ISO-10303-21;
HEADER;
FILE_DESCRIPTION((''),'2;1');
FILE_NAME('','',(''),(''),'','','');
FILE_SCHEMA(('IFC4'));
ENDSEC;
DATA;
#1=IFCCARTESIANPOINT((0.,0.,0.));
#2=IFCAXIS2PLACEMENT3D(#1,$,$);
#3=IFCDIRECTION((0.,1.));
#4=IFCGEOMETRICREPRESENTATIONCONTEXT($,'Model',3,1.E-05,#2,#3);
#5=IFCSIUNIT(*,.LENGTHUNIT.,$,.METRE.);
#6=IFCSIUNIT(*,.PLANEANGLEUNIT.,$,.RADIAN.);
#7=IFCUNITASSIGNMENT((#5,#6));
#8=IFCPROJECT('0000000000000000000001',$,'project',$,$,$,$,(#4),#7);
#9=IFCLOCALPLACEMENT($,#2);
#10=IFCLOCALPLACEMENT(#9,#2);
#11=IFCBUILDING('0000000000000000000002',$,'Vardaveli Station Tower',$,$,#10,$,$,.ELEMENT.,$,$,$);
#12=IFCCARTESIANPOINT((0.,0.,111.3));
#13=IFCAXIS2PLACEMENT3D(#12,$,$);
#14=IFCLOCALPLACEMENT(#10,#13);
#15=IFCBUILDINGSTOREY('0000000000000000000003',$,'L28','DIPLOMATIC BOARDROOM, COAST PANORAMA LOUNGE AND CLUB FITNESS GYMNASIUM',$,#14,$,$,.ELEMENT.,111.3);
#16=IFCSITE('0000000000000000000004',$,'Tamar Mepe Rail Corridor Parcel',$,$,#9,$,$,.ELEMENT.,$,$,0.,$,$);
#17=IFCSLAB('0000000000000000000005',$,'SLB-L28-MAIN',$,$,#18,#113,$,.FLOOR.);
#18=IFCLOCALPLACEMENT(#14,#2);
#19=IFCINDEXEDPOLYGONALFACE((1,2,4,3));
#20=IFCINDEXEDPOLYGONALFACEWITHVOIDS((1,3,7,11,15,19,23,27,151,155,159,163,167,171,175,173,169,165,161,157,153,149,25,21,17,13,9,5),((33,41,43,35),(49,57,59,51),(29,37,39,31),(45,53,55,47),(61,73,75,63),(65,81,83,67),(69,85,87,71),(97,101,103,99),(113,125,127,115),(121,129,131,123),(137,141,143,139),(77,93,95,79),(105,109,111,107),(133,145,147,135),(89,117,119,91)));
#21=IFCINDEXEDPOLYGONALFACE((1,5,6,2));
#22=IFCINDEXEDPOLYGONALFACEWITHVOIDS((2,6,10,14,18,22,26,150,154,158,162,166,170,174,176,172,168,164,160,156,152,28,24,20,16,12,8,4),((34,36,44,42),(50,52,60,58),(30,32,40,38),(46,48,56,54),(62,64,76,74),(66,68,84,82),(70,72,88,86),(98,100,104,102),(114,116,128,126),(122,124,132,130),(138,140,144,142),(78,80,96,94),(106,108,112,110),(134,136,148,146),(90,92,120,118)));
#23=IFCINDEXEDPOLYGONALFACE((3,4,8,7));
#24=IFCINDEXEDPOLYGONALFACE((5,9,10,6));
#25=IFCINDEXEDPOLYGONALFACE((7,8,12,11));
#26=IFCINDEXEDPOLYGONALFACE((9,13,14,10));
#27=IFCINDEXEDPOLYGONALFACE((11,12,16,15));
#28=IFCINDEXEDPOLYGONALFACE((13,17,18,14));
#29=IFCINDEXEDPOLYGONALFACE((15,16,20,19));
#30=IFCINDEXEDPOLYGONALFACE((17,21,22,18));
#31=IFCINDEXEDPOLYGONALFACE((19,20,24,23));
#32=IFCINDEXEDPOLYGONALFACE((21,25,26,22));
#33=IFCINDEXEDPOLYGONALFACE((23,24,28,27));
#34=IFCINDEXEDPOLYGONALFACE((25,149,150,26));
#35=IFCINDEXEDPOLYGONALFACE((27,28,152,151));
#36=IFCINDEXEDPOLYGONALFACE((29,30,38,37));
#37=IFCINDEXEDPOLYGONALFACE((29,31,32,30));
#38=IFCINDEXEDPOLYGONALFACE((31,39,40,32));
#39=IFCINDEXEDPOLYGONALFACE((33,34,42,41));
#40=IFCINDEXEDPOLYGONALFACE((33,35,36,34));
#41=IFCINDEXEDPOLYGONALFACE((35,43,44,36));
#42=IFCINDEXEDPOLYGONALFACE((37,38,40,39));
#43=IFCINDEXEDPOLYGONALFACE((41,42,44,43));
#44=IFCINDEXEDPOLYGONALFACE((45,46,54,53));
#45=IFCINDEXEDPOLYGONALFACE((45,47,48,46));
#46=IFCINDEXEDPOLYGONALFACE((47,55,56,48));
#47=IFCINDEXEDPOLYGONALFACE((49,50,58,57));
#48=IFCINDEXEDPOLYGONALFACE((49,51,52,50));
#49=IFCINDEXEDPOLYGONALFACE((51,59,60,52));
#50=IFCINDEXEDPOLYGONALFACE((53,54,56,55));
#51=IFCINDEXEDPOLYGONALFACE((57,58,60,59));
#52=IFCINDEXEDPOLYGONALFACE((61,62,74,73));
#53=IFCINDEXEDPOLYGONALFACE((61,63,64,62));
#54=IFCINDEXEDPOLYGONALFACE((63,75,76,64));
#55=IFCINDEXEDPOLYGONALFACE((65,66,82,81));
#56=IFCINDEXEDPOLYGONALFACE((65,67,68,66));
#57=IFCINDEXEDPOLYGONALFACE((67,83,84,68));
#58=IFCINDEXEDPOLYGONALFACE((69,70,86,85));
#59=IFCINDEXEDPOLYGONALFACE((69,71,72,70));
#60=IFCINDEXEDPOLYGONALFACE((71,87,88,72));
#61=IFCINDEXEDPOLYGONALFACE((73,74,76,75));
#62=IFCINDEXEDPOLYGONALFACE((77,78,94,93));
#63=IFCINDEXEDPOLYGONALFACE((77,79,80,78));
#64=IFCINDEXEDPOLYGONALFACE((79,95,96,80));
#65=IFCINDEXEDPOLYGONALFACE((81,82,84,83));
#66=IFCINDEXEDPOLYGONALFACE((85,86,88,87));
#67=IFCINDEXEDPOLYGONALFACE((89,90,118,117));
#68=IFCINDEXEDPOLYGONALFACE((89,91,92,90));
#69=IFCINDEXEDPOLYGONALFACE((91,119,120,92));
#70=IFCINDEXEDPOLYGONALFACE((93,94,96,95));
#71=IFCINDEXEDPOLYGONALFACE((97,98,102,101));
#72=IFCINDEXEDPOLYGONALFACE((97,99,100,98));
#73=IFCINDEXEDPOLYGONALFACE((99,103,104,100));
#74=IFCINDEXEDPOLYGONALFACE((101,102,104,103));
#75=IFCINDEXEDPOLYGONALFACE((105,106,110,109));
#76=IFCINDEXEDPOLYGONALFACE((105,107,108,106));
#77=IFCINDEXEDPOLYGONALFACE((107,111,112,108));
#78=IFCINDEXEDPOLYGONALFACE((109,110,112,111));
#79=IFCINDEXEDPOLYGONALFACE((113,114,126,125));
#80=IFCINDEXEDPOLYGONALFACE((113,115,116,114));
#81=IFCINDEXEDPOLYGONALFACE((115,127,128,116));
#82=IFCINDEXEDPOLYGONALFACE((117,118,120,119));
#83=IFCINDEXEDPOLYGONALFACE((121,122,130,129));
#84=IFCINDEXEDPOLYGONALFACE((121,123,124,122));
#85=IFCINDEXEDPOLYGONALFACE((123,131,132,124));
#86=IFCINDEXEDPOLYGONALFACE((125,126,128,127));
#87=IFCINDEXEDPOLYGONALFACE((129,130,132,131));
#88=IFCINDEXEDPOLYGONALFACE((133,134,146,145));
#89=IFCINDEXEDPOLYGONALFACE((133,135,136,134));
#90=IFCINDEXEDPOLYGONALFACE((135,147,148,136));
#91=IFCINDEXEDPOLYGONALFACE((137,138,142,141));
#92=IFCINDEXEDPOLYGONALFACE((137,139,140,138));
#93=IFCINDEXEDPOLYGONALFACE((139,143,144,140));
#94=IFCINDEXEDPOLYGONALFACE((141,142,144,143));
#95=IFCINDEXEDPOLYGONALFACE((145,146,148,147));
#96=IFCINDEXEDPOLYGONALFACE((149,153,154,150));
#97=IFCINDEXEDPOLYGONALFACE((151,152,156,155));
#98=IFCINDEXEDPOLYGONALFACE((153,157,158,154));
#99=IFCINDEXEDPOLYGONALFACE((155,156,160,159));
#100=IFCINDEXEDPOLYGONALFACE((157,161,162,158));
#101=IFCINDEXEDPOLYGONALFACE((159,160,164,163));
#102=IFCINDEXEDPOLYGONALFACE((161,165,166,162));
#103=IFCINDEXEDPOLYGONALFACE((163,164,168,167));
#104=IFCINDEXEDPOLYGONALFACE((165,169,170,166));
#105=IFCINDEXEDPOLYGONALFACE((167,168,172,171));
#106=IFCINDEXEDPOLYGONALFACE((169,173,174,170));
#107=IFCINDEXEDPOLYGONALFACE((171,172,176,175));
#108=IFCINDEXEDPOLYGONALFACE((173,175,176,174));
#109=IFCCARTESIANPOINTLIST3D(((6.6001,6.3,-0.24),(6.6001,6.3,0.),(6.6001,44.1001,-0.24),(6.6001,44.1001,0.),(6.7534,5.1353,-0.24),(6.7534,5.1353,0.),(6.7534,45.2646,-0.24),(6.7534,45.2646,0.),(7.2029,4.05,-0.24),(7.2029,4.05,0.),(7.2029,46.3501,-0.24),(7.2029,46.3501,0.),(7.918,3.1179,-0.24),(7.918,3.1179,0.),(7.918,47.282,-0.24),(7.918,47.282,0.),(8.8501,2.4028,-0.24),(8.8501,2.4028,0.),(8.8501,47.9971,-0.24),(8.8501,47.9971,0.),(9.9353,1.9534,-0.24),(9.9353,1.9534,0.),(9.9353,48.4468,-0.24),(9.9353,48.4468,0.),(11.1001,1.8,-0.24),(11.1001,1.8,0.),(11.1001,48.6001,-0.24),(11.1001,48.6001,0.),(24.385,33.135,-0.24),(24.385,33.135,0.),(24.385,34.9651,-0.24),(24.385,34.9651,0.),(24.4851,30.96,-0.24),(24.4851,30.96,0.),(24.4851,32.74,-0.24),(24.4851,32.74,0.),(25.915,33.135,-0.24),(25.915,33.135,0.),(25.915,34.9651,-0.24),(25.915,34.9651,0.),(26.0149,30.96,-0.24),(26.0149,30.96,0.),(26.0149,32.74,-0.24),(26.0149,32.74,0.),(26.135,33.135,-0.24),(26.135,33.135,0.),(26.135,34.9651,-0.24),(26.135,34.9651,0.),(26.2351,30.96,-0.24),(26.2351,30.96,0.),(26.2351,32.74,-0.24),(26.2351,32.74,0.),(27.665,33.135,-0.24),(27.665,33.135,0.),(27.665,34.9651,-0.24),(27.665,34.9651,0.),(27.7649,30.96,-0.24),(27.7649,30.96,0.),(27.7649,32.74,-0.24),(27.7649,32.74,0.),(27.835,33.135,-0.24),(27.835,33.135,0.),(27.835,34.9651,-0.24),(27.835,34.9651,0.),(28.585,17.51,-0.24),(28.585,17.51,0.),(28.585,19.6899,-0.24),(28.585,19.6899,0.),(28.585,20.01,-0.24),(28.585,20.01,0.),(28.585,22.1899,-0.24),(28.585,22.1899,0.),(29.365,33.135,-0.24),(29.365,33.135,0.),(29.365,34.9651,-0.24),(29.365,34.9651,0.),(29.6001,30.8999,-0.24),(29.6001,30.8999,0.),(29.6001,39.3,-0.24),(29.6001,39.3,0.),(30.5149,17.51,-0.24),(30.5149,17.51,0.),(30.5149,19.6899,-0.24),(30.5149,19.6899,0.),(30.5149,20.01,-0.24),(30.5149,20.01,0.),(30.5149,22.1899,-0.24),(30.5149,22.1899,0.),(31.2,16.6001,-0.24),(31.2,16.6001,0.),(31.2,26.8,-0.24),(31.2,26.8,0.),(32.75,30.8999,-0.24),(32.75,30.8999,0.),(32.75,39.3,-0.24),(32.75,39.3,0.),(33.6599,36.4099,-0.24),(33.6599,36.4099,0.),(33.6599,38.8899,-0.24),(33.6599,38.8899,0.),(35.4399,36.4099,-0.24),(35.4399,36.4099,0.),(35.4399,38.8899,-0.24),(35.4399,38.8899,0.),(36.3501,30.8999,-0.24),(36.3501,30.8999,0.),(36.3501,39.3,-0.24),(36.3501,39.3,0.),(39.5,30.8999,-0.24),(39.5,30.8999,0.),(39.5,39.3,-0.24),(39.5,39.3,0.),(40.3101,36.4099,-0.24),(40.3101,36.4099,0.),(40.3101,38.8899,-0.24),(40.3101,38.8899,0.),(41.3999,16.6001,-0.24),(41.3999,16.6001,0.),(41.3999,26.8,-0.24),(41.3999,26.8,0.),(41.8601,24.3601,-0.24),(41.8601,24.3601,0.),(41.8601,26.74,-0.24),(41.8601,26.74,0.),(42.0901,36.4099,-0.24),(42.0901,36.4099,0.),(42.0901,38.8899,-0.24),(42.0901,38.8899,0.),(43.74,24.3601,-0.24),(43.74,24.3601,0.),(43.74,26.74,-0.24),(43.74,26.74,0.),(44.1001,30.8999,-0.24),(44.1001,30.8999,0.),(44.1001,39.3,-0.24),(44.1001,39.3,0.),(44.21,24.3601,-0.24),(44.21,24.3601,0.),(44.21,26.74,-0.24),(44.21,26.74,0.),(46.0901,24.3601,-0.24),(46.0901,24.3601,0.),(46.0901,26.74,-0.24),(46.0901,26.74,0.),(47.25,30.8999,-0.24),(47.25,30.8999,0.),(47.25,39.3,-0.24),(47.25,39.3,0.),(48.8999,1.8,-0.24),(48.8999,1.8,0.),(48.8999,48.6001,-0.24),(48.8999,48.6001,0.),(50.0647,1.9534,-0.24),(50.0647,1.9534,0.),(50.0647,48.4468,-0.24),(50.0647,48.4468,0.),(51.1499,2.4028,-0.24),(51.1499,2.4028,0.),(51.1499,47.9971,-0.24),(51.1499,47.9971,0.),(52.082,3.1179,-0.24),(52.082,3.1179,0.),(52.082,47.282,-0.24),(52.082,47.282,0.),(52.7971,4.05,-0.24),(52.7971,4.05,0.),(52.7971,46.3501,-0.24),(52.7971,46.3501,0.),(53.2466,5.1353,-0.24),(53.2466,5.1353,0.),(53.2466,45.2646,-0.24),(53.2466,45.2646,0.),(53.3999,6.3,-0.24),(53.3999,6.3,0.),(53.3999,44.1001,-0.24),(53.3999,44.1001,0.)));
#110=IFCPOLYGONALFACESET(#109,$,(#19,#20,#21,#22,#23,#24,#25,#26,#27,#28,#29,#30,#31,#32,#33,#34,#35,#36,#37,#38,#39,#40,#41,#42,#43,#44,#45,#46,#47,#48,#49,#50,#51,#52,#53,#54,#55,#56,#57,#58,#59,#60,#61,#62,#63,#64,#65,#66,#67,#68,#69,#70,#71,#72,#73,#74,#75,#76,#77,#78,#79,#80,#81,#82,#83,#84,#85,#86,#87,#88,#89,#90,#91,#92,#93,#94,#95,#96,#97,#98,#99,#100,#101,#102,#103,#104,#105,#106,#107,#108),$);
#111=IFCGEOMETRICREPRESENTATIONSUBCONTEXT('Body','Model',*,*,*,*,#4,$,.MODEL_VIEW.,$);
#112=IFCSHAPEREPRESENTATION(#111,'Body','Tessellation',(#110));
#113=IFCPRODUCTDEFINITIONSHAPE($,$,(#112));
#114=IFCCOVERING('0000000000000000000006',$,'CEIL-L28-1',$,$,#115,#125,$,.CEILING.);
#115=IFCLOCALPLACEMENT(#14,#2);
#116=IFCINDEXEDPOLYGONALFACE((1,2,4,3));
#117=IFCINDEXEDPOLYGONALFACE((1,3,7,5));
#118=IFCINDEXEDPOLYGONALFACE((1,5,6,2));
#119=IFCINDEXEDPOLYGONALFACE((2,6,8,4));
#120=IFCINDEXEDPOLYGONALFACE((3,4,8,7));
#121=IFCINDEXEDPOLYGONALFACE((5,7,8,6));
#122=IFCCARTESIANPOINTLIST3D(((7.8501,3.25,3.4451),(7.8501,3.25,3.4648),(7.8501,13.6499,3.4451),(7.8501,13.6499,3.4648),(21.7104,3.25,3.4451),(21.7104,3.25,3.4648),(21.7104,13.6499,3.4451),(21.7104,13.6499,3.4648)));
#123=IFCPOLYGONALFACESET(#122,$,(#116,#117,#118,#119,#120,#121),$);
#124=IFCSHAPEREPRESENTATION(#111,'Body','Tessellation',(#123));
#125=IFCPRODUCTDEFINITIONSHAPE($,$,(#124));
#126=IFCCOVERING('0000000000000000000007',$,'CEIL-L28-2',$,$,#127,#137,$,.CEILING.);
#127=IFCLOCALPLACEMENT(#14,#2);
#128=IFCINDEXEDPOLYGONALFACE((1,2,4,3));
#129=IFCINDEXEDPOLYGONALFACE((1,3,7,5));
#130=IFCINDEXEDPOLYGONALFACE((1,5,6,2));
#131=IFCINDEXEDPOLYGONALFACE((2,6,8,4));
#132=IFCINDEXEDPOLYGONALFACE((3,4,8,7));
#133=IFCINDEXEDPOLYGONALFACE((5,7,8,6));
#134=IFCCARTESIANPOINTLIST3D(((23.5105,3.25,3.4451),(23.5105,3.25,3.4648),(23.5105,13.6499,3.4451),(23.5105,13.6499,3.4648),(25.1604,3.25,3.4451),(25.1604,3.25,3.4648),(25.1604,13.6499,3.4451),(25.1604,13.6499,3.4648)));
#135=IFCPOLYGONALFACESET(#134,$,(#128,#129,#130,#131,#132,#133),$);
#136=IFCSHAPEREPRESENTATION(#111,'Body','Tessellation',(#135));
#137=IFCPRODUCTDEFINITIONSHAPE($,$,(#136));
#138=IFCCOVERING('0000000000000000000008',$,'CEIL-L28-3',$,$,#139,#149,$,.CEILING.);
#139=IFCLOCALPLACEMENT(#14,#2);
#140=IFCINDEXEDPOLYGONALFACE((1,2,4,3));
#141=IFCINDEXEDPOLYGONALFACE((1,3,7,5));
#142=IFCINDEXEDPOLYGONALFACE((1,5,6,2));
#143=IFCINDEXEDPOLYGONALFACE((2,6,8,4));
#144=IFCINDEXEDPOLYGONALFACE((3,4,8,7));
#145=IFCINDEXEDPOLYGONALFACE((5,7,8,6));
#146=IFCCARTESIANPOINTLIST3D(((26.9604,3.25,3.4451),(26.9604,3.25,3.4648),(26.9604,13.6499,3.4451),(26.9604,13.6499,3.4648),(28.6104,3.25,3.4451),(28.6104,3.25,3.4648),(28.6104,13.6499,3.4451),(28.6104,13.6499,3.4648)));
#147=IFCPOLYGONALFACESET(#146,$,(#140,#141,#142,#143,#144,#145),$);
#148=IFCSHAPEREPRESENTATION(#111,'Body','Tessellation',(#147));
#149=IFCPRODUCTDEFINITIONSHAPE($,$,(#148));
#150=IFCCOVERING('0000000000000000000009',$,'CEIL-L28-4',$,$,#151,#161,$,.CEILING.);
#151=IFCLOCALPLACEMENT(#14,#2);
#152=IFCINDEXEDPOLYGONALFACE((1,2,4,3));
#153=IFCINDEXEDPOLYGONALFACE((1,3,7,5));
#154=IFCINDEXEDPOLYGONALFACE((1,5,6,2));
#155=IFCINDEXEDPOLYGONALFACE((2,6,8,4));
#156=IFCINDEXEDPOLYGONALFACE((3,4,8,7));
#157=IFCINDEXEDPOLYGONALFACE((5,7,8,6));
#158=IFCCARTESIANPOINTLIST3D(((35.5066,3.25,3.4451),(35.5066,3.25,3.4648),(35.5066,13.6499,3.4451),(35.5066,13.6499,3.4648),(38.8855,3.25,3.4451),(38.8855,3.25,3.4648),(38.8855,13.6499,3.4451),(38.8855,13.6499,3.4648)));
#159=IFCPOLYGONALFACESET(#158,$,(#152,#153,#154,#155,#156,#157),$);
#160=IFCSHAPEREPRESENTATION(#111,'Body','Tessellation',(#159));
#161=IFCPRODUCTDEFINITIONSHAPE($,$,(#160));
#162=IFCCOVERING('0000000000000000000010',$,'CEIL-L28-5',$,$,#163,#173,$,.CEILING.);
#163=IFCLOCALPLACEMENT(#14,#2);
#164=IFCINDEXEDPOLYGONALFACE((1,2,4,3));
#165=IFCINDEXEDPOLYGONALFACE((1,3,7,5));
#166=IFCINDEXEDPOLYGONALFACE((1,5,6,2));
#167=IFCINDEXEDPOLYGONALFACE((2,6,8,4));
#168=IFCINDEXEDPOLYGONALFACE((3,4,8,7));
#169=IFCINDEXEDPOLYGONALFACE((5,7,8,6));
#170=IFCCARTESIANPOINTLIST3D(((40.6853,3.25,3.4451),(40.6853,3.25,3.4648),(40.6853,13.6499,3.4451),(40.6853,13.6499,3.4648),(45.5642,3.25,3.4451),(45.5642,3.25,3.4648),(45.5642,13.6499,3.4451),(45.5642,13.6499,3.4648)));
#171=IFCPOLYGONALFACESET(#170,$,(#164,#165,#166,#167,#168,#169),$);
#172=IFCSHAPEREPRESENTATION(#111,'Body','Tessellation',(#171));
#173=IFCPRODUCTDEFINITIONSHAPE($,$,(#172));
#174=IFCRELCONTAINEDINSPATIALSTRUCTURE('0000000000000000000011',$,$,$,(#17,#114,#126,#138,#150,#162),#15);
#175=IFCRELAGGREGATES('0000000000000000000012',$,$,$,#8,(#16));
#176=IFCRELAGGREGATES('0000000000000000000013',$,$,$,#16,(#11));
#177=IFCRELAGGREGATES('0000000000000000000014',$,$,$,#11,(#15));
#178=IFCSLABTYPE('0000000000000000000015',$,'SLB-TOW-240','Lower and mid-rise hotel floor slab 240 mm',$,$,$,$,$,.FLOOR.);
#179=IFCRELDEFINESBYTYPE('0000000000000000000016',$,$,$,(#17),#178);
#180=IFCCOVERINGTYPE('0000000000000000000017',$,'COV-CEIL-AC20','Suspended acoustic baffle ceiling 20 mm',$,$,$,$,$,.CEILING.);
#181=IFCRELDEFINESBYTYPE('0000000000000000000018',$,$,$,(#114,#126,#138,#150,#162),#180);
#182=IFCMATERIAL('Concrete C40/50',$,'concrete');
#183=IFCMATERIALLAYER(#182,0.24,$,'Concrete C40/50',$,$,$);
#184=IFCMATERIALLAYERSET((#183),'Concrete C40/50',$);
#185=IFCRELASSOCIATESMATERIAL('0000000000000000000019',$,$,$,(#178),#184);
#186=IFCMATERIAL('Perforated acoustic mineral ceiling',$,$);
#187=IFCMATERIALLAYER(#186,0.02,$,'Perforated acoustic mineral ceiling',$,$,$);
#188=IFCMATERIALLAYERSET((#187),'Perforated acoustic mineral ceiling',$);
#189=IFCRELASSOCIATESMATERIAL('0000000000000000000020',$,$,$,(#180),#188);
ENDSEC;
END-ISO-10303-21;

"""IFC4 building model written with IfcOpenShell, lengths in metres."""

from ifc_helpers import new_model, si_unit, direction, frame, origin, place, context, subcontext, project, spatial, polyline, outline, extrude, material, layer, layer_set, type_object, element, save


model = new_model("IFC4")

# Units and contexts
model_context = context("Model", 3, precision=1e-05, world=origin(), true_north=direction((0.0, 1.0)))
body_context = subcontext(model_context, "Body", "Model", "MODEL_VIEW")
ifc_project = project(units=[si_unit("LENGTHUNIT", "METRE"), si_unit("PLANEANGLEUNIT", "RADIAN")], contexts=[model_context])

# Site, building, storey
site_placement = place(None, origin())
site = spatial("IfcSite", under=ifc_project, at=site_placement, Name="Tamar Mepe Rail Corridor Parcel", CompositionType="ELEMENT", RefElevation=0.0)
building_placement = place(site_placement, origin())
building = spatial("IfcBuilding", under=site, at=building_placement, Name="Vardaveli Station Tower", CompositionType="ELEMENT")
storey_placement = place(building_placement, frame((0.0, 0.0, 111.3)))
storey = spatial("IfcBuildingStorey", under=building, at=storey_placement, Name="L28", Description="DIPLOMATIC BOARDROOM, COAST PANORAMA LOUNGE AND CLUB FITNESS GYMNASIUM", CompositionType="ELEMENT", Elevation=111.3)

# Shared definitions
ifc_material_1 = material(Name="Concrete C40/50", Category="concrete")

# Slab
ifc_layer_1 = layer(ifc_material_1, 0.24, Name="Concrete C40/50")
ifc_layer_set_1 = layer_set([ifc_layer_1], Name="Concrete C40/50")
slab_type_1 = type_object("IfcSlabType", Name="SLB-TOW-240", Description="Lower and mid-rise hotel floor slab 240 mm", PredefinedType="FLOOR", material=ifc_layer_set_1)
slab_1_placement = place(storey_placement, frame((0.0, 0.0, -0.24)))
element("IfcSlab", 1, at=slab_1_placement, inside=storey, type_object=slab_type_1, Name="SLB-L28-MAIN", PredefinedType="FLOOR", context=body_context, shape_type="SweptSolid", body=[
    extrude(outline(polyline([(6.6001, 6.3), (6.7534, 5.1353), (7.2029, 4.05), (7.918, 3.1179), (8.8501, 2.4028), (9.9353, 1.9534), (11.1001, 1.8), (48.8999, 1.8), (50.0647, 1.9534), (51.1499, 2.4028), (52.082, 3.1179), (52.7971, 4.05), (53.2466, 5.1353), (53.3999, 6.3), (53.3999, 44.1001), (53.2466, 45.2646), (52.7971, 46.3501), (52.082, 47.282), (51.1499, 47.9971), (50.0647, 48.4468), (48.8999, 48.6001), (11.1001, 48.6001), (9.9353, 48.4468), (8.8501, 47.9971), (7.918, 47.282), (7.2029, 46.3501), (6.7534, 45.2646), (6.6001, 44.1001), (6.6001, 6.3)]), holes=[polyline([(31.2, 16.6001), (41.3999, 16.6001), (41.3999, 26.8), (31.2, 26.8), (31.2, 16.6001)]), polyline([(32.75, 30.8999), (32.75, 39.3), (29.6001, 39.3), (29.6001, 30.8999), (32.75, 30.8999)]), polyline([(39.5, 30.8999), (39.5, 39.3), (36.3501, 39.3), (36.3501, 30.8999), (39.5, 30.8999)]), polyline([(47.25, 30.8999), (47.25, 39.3), (44.1001, 39.3), (44.1001, 30.8999), (47.25, 30.8999)]), polyline([(24.385, 33.135), (25.915, 33.135), (25.915, 34.9651), (24.385, 34.9651), (24.385, 33.135)]), polyline([(26.135, 33.135), (27.665, 33.135), (27.665, 34.9651), (26.135, 34.9651), (26.135, 33.135)]), polyline([(27.835, 33.135), (29.365, 33.135), (29.365, 34.9651), (27.835, 34.9651), (27.835, 33.135)]), polyline([(33.6599, 36.4099), (35.4399, 36.4099), (35.4399, 38.8899), (33.6599, 38.8899), (33.6599, 36.4099)]), polyline([(40.3101, 36.4099), (42.0901, 36.4099), (42.0901, 38.8899), (40.3101, 38.8899), (40.3101, 36.4099)]), polyline([(24.4851, 30.96), (26.0149, 30.96), (26.0149, 32.74), (24.4851, 32.74), (24.4851, 30.96)]), polyline([(26.2351, 30.96), (27.7649, 30.96), (27.7649, 32.74), (26.2351, 32.74), (26.2351, 30.96)]), polyline([(28.585, 17.51), (30.5149, 17.51), (30.5149, 19.6899), (28.585, 19.6899), (28.585, 17.51)]), polyline([(28.585, 20.01), (30.5149, 20.01), (30.5149, 22.1899), (28.585, 22.1899), (28.585, 20.01)]), polyline([(41.8601, 24.3601), (43.74, 24.3601), (43.74, 26.74), (41.8601, 26.74), (41.8601, 24.3601)]), polyline([(44.21, 24.3601), (46.0901, 24.3601), (46.0901, 26.74), (44.21, 26.74), (44.21, 24.3601)])]), origin(), (0.0, 0.0, 1.0), 0.24),
])

# Coverings
ifc_material_2 = material(Name="Perforated acoustic mineral ceiling")
ifc_layer_2 = layer(ifc_material_2, 0.02, Name="Perforated acoustic mineral ceiling")
ifc_layer_set_2 = layer_set([ifc_layer_2], Name="Perforated acoustic mineral ceiling")
covering_type_1 = type_object("IfcCoveringType", Name="COV-CEIL-AC20", Description="Suspended acoustic baffle ceiling 20 mm", PredefinedType="CEILING", material=ifc_layer_set_2)
covering_1_placement = place(storey_placement, frame((0.0, 0.0, 3.4451)))
element("IfcCovering", 2, at=covering_1_placement, inside=storey, type_object=covering_type_1, Name="CEIL-L28-1", PredefinedType="CEILING", context=body_context, shape_type="SweptSolid", body=[
    extrude(outline(polyline([(7.8501, 3.25), (21.7104, 3.25), (21.7104, 13.6499), (7.8501, 13.6499), (7.8501, 3.25)])), origin(), (0.0, 0.0, 1.0), 0.0198),
])
covering_2_placement = place(storey_placement, frame((0.0, 0.0, 3.4451)))
element("IfcCovering", 3, at=covering_2_placement, inside=storey, type_object=covering_type_1, Name="CEIL-L28-2", PredefinedType="CEILING", context=body_context, shape_type="SweptSolid", body=[
    extrude(outline(polyline([(23.5105, 3.25), (25.1604, 3.25), (25.1604, 13.6499), (23.5105, 13.6499), (23.5105, 3.25)])), origin(), (0.0, 0.0, 1.0), 0.0198),
])
covering_3_placement = place(storey_placement, frame((0.0, 0.0, 3.4451)))
element("IfcCovering", 4, at=covering_3_placement, inside=storey, type_object=covering_type_1, Name="CEIL-L28-3", PredefinedType="CEILING", context=body_context, shape_type="SweptSolid", body=[
    extrude(outline(polyline([(26.9604, 3.25), (28.6104, 3.25), (28.6104, 13.6499), (26.9604, 13.6499), (26.9604, 3.25)])), origin(), (0.0, 0.0, 1.0), 0.0198),
])
covering_4_placement = place(storey_placement, frame((0.0, 0.0, 3.4451)))
element("IfcCovering", 5, at=covering_4_placement, inside=storey, type_object=covering_type_1, Name="CEIL-L28-4", PredefinedType="CEILING", context=body_context, shape_type="SweptSolid", body=[
    extrude(outline(polyline([(35.5066, 3.25), (38.8855, 3.25), (38.8855, 13.6499), (35.5066, 13.6499), (35.5066, 3.25)])), origin(), (0.0, 0.0, 1.0), 0.0198),
])
covering_5_placement = place(storey_placement, frame((0.0, 0.0, 3.4451)))
element("IfcCovering", 6, at=covering_5_placement, inside=storey, type_object=covering_type_1, Name="CEIL-L28-5", PredefinedType="CEILING", context=body_context, shape_type="SweptSolid", body=[
    extrude(outline(polyline([(40.6853, 3.25), (45.5642, 3.25), (45.5642, 13.6499), (40.6853, 13.6499), (40.6853, 3.25)])), origin(), (0.0, 0.0, 1.0), 0.0198),
])

save(model, "model.ifc")
